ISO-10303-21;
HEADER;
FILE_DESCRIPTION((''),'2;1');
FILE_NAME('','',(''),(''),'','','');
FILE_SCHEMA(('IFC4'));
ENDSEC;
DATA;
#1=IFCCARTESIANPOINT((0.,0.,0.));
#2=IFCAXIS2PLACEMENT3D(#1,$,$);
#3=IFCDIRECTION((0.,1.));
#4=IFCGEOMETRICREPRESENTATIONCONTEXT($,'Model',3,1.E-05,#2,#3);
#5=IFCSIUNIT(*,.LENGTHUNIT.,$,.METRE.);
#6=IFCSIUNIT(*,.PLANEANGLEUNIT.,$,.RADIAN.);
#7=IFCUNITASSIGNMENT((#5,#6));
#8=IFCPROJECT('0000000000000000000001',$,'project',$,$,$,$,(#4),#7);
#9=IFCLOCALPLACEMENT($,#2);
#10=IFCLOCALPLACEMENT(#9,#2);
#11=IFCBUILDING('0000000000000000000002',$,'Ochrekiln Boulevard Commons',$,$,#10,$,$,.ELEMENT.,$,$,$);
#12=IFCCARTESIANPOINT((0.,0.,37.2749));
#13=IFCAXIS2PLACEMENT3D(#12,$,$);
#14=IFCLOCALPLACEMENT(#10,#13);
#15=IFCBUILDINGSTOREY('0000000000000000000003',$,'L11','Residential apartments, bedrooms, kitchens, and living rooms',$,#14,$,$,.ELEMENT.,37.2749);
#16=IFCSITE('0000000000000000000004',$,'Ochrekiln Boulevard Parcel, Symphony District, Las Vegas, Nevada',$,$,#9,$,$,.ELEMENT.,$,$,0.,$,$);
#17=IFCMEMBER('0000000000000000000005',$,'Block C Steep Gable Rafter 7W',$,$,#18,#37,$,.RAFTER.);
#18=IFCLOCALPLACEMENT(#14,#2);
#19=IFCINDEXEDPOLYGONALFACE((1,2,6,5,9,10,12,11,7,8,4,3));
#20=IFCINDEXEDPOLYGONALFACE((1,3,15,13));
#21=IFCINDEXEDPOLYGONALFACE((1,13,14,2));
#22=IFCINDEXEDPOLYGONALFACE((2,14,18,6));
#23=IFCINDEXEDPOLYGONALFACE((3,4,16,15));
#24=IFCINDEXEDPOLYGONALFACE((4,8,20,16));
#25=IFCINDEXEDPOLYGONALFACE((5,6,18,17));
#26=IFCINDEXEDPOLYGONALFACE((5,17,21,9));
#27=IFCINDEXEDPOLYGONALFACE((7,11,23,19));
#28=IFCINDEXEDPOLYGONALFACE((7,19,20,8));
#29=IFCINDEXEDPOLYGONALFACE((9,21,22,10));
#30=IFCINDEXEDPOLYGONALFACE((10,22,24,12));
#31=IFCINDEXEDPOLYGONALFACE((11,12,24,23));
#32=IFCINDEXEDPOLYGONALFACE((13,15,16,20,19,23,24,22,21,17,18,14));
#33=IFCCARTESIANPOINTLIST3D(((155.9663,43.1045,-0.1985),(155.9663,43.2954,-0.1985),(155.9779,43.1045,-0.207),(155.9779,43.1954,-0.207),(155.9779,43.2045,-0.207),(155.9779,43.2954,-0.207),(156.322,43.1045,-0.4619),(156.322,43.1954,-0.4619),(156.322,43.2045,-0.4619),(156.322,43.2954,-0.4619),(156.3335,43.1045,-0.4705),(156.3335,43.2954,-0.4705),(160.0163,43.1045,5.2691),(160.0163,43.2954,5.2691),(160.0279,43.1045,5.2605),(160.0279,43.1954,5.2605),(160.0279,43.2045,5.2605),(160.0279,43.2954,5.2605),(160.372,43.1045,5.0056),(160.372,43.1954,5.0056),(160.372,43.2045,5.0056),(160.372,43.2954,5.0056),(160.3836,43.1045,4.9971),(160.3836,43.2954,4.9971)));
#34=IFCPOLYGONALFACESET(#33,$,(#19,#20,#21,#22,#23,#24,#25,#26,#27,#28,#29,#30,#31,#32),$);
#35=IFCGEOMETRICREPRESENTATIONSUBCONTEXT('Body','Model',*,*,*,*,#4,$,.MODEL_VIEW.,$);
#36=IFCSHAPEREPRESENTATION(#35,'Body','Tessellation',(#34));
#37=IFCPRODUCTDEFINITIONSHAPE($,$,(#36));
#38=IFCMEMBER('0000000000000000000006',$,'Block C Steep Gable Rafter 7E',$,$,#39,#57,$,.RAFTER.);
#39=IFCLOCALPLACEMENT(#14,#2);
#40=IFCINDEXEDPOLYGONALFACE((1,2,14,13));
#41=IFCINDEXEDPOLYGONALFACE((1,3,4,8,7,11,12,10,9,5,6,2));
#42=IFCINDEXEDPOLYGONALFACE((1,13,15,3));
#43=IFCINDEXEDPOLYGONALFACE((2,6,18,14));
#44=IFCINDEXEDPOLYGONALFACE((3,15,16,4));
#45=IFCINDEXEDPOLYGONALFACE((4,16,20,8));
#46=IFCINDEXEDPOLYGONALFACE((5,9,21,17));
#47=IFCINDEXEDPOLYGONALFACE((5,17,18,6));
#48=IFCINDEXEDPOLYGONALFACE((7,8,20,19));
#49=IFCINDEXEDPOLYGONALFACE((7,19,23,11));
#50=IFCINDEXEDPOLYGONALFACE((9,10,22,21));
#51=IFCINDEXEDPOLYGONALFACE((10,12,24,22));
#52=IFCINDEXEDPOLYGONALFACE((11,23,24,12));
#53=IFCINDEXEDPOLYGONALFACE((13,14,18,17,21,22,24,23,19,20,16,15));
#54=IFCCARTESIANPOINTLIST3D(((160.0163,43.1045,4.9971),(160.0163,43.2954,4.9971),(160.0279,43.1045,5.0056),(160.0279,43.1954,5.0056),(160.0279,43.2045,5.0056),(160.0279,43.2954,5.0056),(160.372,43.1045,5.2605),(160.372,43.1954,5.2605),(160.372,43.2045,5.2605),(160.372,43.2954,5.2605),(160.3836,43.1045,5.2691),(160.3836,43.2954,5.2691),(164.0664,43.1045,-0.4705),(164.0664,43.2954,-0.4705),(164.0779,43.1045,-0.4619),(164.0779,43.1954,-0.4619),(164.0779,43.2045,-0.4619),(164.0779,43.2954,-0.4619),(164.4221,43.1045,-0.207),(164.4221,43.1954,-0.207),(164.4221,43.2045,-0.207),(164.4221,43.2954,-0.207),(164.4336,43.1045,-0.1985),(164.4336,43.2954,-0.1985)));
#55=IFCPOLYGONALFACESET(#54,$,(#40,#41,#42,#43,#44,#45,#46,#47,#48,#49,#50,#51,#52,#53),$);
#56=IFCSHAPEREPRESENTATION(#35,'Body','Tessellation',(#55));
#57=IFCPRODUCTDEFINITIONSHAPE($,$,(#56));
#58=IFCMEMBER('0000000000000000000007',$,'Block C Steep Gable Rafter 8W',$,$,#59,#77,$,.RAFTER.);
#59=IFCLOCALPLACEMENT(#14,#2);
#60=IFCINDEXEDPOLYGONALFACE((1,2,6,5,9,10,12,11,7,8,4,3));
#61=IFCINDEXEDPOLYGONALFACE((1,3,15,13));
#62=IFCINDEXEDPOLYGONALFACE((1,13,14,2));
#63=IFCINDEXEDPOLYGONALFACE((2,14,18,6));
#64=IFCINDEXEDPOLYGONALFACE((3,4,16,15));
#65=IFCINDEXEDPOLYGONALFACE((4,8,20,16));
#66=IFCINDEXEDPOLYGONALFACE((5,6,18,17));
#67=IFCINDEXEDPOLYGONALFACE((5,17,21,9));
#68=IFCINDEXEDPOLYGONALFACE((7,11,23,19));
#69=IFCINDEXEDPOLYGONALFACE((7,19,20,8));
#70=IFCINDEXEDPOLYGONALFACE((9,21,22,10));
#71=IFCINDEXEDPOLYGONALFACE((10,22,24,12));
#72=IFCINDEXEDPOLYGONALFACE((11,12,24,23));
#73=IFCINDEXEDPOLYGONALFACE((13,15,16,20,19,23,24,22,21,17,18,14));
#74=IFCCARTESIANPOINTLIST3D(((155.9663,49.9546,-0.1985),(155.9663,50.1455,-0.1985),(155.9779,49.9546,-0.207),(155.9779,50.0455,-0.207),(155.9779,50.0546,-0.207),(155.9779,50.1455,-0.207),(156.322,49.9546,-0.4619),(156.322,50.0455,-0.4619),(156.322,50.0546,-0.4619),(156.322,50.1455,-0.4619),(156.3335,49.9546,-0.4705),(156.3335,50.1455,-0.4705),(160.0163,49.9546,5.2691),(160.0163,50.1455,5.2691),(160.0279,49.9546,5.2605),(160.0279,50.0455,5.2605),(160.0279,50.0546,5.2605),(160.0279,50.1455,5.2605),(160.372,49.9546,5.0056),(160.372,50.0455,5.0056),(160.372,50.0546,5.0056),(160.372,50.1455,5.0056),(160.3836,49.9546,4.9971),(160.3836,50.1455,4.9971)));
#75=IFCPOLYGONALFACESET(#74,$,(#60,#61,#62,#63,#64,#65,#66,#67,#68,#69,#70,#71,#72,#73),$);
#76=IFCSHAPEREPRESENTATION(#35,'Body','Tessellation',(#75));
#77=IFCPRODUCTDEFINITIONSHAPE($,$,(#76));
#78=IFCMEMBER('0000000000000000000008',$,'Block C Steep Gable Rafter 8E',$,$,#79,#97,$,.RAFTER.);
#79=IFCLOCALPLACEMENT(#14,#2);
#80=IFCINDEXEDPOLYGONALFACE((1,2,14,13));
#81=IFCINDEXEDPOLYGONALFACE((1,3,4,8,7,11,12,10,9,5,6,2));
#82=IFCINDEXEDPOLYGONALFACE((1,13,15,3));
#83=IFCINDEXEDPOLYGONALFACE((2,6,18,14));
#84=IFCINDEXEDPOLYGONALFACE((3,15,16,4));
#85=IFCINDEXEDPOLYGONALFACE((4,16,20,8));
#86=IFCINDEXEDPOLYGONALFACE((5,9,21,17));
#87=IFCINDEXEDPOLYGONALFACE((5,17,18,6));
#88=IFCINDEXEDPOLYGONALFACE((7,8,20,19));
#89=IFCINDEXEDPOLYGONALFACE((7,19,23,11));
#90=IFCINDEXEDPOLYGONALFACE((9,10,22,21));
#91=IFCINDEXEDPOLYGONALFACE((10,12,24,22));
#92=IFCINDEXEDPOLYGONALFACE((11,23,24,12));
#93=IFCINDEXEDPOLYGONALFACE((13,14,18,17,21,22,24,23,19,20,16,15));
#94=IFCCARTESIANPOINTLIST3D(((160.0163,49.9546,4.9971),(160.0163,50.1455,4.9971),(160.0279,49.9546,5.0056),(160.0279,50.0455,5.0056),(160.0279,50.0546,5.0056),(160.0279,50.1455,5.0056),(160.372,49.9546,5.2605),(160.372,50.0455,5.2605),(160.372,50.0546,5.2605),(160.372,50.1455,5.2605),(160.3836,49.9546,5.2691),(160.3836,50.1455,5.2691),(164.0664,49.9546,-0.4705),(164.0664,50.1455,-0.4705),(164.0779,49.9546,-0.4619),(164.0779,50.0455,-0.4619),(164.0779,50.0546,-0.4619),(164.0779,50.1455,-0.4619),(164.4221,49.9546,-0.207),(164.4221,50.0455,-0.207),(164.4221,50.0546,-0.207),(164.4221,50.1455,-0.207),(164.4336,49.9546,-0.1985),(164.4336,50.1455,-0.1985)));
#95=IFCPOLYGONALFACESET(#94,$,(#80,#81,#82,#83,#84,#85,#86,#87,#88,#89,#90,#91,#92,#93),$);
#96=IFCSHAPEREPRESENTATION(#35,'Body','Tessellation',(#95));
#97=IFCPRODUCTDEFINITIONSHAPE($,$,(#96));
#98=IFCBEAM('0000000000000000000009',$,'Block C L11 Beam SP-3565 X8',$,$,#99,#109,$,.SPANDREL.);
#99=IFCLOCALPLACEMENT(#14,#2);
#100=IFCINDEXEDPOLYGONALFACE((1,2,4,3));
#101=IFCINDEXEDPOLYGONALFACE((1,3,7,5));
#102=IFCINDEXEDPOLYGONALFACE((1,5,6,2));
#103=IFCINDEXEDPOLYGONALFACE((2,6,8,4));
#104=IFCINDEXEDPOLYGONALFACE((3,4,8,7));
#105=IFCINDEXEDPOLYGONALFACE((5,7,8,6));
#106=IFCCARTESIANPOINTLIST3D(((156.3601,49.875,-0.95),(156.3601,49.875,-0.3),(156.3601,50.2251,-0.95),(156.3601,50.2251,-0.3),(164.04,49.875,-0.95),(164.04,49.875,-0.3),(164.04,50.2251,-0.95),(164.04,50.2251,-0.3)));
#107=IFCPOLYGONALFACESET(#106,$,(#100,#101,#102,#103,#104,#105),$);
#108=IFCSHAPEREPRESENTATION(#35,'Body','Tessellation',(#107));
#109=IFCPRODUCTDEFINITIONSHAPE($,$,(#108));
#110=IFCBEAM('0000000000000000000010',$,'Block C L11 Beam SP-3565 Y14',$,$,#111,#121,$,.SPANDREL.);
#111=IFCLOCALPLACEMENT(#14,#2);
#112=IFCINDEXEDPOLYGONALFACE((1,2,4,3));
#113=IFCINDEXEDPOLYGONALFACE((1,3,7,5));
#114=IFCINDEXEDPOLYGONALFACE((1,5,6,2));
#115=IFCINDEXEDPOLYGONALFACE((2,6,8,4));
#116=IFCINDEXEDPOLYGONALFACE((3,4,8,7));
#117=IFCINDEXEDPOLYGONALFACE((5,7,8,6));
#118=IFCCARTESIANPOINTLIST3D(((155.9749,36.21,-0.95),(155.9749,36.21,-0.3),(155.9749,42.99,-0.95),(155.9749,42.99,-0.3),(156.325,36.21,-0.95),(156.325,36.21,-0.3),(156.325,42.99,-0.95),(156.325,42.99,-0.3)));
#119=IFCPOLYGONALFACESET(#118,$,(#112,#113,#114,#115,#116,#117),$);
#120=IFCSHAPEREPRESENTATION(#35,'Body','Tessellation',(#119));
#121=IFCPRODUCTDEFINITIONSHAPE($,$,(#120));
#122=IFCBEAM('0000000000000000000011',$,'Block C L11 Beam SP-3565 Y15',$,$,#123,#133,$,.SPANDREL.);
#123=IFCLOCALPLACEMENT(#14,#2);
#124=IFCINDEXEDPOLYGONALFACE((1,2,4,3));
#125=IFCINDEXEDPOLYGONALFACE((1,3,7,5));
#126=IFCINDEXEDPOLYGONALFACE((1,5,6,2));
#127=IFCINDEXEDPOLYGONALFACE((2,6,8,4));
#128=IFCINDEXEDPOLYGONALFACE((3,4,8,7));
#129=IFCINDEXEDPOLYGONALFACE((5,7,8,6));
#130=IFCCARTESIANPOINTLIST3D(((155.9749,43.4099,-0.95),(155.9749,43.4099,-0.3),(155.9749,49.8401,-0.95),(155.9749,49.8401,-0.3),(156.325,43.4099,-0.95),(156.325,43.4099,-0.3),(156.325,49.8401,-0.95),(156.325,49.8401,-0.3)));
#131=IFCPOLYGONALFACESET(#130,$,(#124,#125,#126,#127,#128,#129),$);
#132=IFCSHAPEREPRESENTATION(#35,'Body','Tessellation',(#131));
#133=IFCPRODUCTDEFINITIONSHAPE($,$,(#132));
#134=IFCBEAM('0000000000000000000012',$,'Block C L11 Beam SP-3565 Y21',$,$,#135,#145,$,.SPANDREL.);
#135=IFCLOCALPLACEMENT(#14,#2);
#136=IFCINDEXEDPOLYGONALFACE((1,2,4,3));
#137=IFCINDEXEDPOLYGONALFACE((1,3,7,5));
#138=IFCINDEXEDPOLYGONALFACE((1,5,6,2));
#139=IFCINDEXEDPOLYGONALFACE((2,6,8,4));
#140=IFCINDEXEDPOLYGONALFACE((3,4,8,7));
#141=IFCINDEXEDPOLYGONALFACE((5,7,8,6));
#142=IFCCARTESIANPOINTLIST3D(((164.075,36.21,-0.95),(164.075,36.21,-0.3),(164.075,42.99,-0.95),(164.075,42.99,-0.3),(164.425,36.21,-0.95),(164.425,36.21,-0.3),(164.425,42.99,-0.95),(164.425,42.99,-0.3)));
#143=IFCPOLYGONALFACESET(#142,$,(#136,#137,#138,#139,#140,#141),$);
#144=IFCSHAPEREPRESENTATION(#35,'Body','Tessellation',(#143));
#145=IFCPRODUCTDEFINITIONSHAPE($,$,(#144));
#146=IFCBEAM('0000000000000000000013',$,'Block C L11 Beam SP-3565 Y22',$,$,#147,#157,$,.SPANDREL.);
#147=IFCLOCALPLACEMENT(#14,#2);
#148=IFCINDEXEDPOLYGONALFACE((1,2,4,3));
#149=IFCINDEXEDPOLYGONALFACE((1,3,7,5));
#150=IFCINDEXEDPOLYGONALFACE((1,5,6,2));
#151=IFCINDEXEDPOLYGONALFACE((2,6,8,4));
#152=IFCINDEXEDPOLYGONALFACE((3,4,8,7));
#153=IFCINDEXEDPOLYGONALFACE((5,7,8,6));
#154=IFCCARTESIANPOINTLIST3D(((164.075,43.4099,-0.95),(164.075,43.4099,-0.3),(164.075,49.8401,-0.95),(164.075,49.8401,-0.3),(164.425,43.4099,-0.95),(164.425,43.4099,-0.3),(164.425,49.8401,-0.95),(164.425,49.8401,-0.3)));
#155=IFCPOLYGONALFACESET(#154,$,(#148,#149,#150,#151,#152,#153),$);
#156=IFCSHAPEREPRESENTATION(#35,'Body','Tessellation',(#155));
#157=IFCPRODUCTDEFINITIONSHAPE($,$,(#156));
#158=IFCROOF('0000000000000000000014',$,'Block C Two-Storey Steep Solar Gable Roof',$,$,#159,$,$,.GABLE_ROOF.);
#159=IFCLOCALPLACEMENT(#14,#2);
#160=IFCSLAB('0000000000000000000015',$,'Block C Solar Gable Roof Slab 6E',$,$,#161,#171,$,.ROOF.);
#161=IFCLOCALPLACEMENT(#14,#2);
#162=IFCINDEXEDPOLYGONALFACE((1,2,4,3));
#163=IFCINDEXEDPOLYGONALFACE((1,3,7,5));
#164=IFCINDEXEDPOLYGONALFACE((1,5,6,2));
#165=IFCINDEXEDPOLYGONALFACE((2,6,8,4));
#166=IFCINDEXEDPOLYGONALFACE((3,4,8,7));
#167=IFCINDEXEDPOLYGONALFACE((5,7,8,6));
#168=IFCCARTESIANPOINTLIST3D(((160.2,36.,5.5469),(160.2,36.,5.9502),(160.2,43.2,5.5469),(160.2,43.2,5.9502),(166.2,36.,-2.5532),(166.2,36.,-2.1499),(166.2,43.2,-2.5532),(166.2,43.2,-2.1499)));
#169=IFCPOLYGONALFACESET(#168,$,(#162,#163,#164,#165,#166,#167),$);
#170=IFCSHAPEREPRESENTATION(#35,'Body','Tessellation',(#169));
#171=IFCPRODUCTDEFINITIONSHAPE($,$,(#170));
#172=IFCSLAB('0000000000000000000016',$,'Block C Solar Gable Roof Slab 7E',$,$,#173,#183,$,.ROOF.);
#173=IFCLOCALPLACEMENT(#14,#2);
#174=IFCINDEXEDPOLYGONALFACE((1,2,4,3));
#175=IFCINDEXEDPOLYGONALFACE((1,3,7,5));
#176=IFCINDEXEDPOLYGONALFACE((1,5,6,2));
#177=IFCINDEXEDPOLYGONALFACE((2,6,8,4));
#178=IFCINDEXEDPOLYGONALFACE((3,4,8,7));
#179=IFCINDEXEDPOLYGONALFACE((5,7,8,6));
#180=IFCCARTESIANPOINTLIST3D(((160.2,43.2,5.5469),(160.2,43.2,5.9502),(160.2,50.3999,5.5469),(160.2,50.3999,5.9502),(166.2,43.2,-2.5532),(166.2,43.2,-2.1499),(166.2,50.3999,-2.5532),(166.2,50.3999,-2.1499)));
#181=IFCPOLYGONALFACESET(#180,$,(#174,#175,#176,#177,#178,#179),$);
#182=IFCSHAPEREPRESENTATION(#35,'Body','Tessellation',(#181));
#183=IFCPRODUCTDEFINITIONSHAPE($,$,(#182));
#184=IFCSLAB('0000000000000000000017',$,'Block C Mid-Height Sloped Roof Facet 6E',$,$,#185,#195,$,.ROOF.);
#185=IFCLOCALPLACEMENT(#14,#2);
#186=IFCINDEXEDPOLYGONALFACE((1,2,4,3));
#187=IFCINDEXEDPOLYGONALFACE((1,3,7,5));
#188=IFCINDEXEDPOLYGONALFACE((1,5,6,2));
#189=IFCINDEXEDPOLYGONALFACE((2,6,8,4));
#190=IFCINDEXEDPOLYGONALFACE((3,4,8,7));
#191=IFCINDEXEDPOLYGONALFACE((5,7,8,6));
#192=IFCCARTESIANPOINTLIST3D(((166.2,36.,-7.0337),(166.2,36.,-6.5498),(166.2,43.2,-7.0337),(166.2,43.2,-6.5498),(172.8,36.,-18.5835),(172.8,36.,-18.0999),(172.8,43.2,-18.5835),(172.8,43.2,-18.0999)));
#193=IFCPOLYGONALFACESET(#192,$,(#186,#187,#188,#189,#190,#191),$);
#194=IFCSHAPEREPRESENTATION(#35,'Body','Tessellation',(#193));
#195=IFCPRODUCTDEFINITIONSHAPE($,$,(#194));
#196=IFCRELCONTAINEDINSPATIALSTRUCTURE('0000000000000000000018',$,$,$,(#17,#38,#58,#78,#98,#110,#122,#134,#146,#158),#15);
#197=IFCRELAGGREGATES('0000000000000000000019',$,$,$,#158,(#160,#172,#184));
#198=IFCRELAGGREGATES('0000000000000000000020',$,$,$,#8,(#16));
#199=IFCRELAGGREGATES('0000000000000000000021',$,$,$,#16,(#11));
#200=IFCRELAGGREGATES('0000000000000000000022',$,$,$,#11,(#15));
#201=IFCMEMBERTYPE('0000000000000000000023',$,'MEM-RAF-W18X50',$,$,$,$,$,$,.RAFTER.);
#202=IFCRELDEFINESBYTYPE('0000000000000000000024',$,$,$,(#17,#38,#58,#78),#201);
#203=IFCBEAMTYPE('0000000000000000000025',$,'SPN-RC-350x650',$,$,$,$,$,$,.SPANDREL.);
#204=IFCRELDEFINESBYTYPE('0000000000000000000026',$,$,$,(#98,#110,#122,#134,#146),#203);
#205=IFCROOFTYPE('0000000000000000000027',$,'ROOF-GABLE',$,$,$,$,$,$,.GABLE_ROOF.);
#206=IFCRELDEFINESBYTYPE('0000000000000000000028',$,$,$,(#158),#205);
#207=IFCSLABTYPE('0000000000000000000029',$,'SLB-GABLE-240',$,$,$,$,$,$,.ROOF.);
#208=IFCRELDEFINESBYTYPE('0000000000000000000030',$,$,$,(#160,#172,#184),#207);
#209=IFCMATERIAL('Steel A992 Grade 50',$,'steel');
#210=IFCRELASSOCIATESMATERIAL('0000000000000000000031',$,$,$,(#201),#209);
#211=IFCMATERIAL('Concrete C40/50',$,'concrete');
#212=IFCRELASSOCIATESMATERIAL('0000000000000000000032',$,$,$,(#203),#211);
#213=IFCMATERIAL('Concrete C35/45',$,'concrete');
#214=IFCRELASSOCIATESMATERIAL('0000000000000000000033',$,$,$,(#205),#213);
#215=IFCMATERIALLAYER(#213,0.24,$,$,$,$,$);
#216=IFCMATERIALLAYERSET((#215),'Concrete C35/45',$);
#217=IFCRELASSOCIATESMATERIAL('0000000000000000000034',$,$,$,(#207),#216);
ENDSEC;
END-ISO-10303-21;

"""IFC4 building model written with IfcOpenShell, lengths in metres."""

from ifc_helpers import new_model, si_unit, direction, frame, origin, origin_2d, place, context, subcontext, project, spatial, polyline, rectangle, i_section, outline, extrude, material, layer, layer_set, material_profile, profile_set, type_object, element, aggregate, save


model = new_model("IFC4")

# Units and contexts
model_context = context("Model", 3, precision=1e-05, world=origin(), true_north=direction((0.0, 1.0)))
body_context = subcontext(model_context, "Body", "Model", "MODEL_VIEW")
ifc_project = project(units=[si_unit("LENGTHUNIT", "METRE"), si_unit("PLANEANGLEUNIT", "RADIAN")], contexts=[model_context])

# Site, building, storey
site_placement = place(None, origin())
site = spatial("IfcSite", under=ifc_project, at=site_placement, Name="Ochrekiln Boulevard Parcel, Symphony District, Las Vegas, Nevada", CompositionType="ELEMENT", RefElevation=0.0)
building_placement = place(site_placement, origin())
building = spatial("IfcBuilding", under=site, at=building_placement, Name="Ochrekiln Boulevard Commons", CompositionType="ELEMENT")
storey_placement = place(building_placement, frame((0.0, 0.0, 37.2749)))
storey = spatial("IfcBuildingStorey", under=building, at=storey_placement, Name="L11", Description="Residential apartments, bedrooms, kitchens, and living rooms", CompositionType="ELEMENT", Elevation=37.2749)

# Shared definitions
ifc_material_1 = material(Name="Concrete C40/50", Category="concrete")

# Members
ifc_material_2 = material(Name="Steel A992 Grade 50", Category="steel")
ifc_material_profile_1 = material_profile(ifc_material_2, i_section(OverallWidth=0.1909, OverallDepth=0.457, WebThickness=0.009, FlangeThickness=0.0144, at=origin_2d()), Name="W18X50")
ifc_profile_set_1 = profile_set([ifc_material_profile_1], Name="Steel A992 Grade 50")
member_type_1 = type_object("IfcMemberType", Name="MEM-RAF-W18X50", PredefinedType="RAFTER", material=ifc_profile_set_1)
for number, where, z_axis, x_axis, name in (
    (1, (156.1499, 43.2, -0.3345), (0.59523, 0.0, 0.803555), (0.0, 1.0, 0.0), "Block C Steep Gable Rafter 7W"),
    (2, (164.25, 43.2, -0.3345), (-0.59523, 0.0, 0.803555), (0.0, -1.0, 0.0), "Block C Steep Gable Rafter 7E"),
    (3, (156.1499, 50.05, -0.3345), (0.59523, 0.0, 0.803555), (0.0, 1.0, 0.0), "Block C Steep Gable Rafter 8W"),
    (4, (164.25, 50.05, -0.3345), (-0.59523, 0.0, 0.803555), (0.0, -1.0, 0.0), "Block C Steep Gable Rafter 8E"),
):
    element("IfcMember", number, at=place(storey_placement, frame(where, z_axis=z_axis, x_axis=x_axis)), inside=storey, type_object=member_type_1, Name=name, PredefinedType="RAFTER", context=body_context, shape_type="SweptSolid", body=[
        extrude(i_section(OverallWidth=0.1909, OverallDepth=0.457, WebThickness=0.009, FlangeThickness=0.0144, at=origin_2d()), origin(), (0.0, 0.0, 1.0), 6.8042),
    ])

# Beams
ifc_material_profile_2 = material_profile(ifc_material_1, rectangle(XDim=0.3501, YDim=0.6499, at=origin_2d()), Name="RC-SPN-350x650")
ifc_profile_set_2 = profile_set([ifc_material_profile_2], Name="Concrete C40/50")
beam_type_1 = type_object("IfcBeamType", Name="SPN-RC-350x650", PredefinedType="SPANDREL", material=ifc_profile_set_2)
beam_1_placement = place(storey_placement, frame((156.3601, 50.05, -0.625), z_axis=(1.0, 0.0, 0.0), x_axis=(0.0, 1.0, 0.0)))
element("IfcBeam", 5, at=beam_1_placement, inside=storey, type_object=beam_type_1, Name="Block C L11 Beam SP-3565 X8", PredefinedType="SPANDREL", context=body_context, shape_type="SweptSolid", body=[
    extrude(rectangle(XDim=0.3501, YDim=0.6499, at=origin_2d()), origin(), (0.0, 0.0, 1.0), 7.6799),
])
beam_2_placement = place(storey_placement, frame((156.1499, 36.21, -0.625), z_axis=(0.0, 1.0, 0.0), x_axis=(-1.0, 0.0, 0.0)))
element("IfcBeam", 6, at=beam_2_placement, inside=storey, type_object=beam_type_1, Name="Block C L11 Beam SP-3565 Y14", PredefinedType="SPANDREL", context=body_context, shape_type="SweptSolid", body=[
    extrude(rectangle(XDim=0.3501, YDim=0.6499, at=origin_2d()), origin(), (0.0, 0.0, 1.0), 6.78),
])
beam_3_placement = place(storey_placement, frame((156.1499, 43.4099, -0.625), z_axis=(0.0, 1.0, 0.0), x_axis=(-1.0, 0.0, 0.0)))
element("IfcBeam", 7, at=beam_3_placement, inside=storey, type_object=beam_type_1, Name="Block C L11 Beam SP-3565 Y15", PredefinedType="SPANDREL", context=body_context, shape_type="SweptSolid", body=[
    extrude(rectangle(XDim=0.3501, YDim=0.6499, at=origin_2d()), origin(), (0.0, 0.0, 1.0), 6.4302),
])
beam_4_placement = place(storey_placement, frame((164.25, 36.21, -0.625), z_axis=(0.0, 1.0, 0.0), x_axis=(-1.0, 0.0, 0.0)))
element("IfcBeam", 8, at=beam_4_placement, inside=storey, type_object=beam_type_1, Name="Block C L11 Beam SP-3565 Y21", PredefinedType="SPANDREL", context=body_context, shape_type="SweptSolid", body=[
    extrude(rectangle(XDim=0.3501, YDim=0.6499, at=origin_2d()), origin(), (0.0, 0.0, 1.0), 6.78),
])
beam_5_placement = place(storey_placement, frame((164.25, 43.4099, -0.625), z_axis=(0.0, 1.0, 0.0), x_axis=(-1.0, 0.0, 0.0)))
element("IfcBeam", 9, at=beam_5_placement, inside=storey, type_object=beam_type_1, Name="Block C L11 Beam SP-3565 Y22", PredefinedType="SPANDREL", context=body_context, shape_type="SweptSolid", body=[
    extrude(rectangle(XDim=0.3501, YDim=0.6499, at=origin_2d()), origin(), (0.0, 0.0, 1.0), 6.4302),
])

# Roof, slabs
ifc_material_3 = material(Name="Concrete C35/45", Category="concrete")
roof_type = type_object("IfcRoofType", Name="ROOF-GABLE", PredefinedType="GABLE_ROOF", material=ifc_material_3)
roof_placement = place(storey_placement, origin())
roof = element("IfcRoof", 10, at=roof_placement, inside=storey, type_object=roof_type, Name="Block C Two-Storey Steep Solar Gable Roof", PredefinedType="GABLE_ROOF")
ifc_layer_1 = layer(ifc_material_3, 0.24)
ifc_layer_set_1 = layer_set([ifc_layer_1], Name="Concrete C35/45")
slab_type = type_object("IfcSlabType", Name="SLB-GABLE-240", PredefinedType="ROOF", material=ifc_layer_set_1)
slab_1_placement = place(storey_placement, frame((166.2, 36.0, -2.1499), z_axis=(0.0, 1.0, 0.0), x_axis=(-1.0, 0.0, 0.0)))
slab_1 = element("IfcSlab", 11, at=slab_1_placement, type_object=slab_type, Name="Block C Solar Gable Roof Slab 6E", PredefinedType="ROOF", context=body_context, shape_type="SweptSolid", body=[
    extrude(outline(polyline([(0.0, 0.0), (6.0, 8.1001), (6.0, 7.6968), (0.0, -0.4033), (0.0, 0.0)])), origin(), (0.0, 0.0, 1.0), 7.2),
])
slab_2_placement = place(storey_placement, frame((166.2, 43.2, -2.1499), z_axis=(0.0, 1.0, 0.0), x_axis=(-1.0, 0.0, 0.0)))
slab_2 = element("IfcSlab", 12, at=slab_2_placement, type_object=slab_type, Name="Block C Solar Gable Roof Slab 7E", PredefinedType="ROOF", context=body_context, shape_type="SweptSolid", body=[
    extrude(outline(polyline([(0.0, 0.0), (6.0, 8.1001), (6.0, 7.6968), (0.0, -0.4033), (0.0, 0.0)])), origin(), (0.0, 0.0, 1.0), 7.2),
])
placement = place(building_placement, frame((0.0, 0.0, 27.825)))
slab_3_placement = place(placement, frame((172.8, 36.0, -8.6499), z_axis=(0.0, 1.0, 0.0), x_axis=(-1.0, 0.0, 0.0)))
slab_3 = element("IfcSlab", 13, at=slab_3_placement, type_object=slab_type, Name="Block C Mid-Height Sloped Roof Facet 6E", PredefinedType="ROOF", context=body_context, shape_type="SweptSolid", body=[
    extrude(outline(polyline([(0.0, 0.0), (6.6001, 11.55), (6.6001, 11.0662), (0.0, -0.4836), (0.0, 0.0)])), origin(), (0.0, 0.0, 1.0), 7.2),
])
aggregate(roof, [slab_1, slab_2, slab_3])

save(model, "model.ifc")
